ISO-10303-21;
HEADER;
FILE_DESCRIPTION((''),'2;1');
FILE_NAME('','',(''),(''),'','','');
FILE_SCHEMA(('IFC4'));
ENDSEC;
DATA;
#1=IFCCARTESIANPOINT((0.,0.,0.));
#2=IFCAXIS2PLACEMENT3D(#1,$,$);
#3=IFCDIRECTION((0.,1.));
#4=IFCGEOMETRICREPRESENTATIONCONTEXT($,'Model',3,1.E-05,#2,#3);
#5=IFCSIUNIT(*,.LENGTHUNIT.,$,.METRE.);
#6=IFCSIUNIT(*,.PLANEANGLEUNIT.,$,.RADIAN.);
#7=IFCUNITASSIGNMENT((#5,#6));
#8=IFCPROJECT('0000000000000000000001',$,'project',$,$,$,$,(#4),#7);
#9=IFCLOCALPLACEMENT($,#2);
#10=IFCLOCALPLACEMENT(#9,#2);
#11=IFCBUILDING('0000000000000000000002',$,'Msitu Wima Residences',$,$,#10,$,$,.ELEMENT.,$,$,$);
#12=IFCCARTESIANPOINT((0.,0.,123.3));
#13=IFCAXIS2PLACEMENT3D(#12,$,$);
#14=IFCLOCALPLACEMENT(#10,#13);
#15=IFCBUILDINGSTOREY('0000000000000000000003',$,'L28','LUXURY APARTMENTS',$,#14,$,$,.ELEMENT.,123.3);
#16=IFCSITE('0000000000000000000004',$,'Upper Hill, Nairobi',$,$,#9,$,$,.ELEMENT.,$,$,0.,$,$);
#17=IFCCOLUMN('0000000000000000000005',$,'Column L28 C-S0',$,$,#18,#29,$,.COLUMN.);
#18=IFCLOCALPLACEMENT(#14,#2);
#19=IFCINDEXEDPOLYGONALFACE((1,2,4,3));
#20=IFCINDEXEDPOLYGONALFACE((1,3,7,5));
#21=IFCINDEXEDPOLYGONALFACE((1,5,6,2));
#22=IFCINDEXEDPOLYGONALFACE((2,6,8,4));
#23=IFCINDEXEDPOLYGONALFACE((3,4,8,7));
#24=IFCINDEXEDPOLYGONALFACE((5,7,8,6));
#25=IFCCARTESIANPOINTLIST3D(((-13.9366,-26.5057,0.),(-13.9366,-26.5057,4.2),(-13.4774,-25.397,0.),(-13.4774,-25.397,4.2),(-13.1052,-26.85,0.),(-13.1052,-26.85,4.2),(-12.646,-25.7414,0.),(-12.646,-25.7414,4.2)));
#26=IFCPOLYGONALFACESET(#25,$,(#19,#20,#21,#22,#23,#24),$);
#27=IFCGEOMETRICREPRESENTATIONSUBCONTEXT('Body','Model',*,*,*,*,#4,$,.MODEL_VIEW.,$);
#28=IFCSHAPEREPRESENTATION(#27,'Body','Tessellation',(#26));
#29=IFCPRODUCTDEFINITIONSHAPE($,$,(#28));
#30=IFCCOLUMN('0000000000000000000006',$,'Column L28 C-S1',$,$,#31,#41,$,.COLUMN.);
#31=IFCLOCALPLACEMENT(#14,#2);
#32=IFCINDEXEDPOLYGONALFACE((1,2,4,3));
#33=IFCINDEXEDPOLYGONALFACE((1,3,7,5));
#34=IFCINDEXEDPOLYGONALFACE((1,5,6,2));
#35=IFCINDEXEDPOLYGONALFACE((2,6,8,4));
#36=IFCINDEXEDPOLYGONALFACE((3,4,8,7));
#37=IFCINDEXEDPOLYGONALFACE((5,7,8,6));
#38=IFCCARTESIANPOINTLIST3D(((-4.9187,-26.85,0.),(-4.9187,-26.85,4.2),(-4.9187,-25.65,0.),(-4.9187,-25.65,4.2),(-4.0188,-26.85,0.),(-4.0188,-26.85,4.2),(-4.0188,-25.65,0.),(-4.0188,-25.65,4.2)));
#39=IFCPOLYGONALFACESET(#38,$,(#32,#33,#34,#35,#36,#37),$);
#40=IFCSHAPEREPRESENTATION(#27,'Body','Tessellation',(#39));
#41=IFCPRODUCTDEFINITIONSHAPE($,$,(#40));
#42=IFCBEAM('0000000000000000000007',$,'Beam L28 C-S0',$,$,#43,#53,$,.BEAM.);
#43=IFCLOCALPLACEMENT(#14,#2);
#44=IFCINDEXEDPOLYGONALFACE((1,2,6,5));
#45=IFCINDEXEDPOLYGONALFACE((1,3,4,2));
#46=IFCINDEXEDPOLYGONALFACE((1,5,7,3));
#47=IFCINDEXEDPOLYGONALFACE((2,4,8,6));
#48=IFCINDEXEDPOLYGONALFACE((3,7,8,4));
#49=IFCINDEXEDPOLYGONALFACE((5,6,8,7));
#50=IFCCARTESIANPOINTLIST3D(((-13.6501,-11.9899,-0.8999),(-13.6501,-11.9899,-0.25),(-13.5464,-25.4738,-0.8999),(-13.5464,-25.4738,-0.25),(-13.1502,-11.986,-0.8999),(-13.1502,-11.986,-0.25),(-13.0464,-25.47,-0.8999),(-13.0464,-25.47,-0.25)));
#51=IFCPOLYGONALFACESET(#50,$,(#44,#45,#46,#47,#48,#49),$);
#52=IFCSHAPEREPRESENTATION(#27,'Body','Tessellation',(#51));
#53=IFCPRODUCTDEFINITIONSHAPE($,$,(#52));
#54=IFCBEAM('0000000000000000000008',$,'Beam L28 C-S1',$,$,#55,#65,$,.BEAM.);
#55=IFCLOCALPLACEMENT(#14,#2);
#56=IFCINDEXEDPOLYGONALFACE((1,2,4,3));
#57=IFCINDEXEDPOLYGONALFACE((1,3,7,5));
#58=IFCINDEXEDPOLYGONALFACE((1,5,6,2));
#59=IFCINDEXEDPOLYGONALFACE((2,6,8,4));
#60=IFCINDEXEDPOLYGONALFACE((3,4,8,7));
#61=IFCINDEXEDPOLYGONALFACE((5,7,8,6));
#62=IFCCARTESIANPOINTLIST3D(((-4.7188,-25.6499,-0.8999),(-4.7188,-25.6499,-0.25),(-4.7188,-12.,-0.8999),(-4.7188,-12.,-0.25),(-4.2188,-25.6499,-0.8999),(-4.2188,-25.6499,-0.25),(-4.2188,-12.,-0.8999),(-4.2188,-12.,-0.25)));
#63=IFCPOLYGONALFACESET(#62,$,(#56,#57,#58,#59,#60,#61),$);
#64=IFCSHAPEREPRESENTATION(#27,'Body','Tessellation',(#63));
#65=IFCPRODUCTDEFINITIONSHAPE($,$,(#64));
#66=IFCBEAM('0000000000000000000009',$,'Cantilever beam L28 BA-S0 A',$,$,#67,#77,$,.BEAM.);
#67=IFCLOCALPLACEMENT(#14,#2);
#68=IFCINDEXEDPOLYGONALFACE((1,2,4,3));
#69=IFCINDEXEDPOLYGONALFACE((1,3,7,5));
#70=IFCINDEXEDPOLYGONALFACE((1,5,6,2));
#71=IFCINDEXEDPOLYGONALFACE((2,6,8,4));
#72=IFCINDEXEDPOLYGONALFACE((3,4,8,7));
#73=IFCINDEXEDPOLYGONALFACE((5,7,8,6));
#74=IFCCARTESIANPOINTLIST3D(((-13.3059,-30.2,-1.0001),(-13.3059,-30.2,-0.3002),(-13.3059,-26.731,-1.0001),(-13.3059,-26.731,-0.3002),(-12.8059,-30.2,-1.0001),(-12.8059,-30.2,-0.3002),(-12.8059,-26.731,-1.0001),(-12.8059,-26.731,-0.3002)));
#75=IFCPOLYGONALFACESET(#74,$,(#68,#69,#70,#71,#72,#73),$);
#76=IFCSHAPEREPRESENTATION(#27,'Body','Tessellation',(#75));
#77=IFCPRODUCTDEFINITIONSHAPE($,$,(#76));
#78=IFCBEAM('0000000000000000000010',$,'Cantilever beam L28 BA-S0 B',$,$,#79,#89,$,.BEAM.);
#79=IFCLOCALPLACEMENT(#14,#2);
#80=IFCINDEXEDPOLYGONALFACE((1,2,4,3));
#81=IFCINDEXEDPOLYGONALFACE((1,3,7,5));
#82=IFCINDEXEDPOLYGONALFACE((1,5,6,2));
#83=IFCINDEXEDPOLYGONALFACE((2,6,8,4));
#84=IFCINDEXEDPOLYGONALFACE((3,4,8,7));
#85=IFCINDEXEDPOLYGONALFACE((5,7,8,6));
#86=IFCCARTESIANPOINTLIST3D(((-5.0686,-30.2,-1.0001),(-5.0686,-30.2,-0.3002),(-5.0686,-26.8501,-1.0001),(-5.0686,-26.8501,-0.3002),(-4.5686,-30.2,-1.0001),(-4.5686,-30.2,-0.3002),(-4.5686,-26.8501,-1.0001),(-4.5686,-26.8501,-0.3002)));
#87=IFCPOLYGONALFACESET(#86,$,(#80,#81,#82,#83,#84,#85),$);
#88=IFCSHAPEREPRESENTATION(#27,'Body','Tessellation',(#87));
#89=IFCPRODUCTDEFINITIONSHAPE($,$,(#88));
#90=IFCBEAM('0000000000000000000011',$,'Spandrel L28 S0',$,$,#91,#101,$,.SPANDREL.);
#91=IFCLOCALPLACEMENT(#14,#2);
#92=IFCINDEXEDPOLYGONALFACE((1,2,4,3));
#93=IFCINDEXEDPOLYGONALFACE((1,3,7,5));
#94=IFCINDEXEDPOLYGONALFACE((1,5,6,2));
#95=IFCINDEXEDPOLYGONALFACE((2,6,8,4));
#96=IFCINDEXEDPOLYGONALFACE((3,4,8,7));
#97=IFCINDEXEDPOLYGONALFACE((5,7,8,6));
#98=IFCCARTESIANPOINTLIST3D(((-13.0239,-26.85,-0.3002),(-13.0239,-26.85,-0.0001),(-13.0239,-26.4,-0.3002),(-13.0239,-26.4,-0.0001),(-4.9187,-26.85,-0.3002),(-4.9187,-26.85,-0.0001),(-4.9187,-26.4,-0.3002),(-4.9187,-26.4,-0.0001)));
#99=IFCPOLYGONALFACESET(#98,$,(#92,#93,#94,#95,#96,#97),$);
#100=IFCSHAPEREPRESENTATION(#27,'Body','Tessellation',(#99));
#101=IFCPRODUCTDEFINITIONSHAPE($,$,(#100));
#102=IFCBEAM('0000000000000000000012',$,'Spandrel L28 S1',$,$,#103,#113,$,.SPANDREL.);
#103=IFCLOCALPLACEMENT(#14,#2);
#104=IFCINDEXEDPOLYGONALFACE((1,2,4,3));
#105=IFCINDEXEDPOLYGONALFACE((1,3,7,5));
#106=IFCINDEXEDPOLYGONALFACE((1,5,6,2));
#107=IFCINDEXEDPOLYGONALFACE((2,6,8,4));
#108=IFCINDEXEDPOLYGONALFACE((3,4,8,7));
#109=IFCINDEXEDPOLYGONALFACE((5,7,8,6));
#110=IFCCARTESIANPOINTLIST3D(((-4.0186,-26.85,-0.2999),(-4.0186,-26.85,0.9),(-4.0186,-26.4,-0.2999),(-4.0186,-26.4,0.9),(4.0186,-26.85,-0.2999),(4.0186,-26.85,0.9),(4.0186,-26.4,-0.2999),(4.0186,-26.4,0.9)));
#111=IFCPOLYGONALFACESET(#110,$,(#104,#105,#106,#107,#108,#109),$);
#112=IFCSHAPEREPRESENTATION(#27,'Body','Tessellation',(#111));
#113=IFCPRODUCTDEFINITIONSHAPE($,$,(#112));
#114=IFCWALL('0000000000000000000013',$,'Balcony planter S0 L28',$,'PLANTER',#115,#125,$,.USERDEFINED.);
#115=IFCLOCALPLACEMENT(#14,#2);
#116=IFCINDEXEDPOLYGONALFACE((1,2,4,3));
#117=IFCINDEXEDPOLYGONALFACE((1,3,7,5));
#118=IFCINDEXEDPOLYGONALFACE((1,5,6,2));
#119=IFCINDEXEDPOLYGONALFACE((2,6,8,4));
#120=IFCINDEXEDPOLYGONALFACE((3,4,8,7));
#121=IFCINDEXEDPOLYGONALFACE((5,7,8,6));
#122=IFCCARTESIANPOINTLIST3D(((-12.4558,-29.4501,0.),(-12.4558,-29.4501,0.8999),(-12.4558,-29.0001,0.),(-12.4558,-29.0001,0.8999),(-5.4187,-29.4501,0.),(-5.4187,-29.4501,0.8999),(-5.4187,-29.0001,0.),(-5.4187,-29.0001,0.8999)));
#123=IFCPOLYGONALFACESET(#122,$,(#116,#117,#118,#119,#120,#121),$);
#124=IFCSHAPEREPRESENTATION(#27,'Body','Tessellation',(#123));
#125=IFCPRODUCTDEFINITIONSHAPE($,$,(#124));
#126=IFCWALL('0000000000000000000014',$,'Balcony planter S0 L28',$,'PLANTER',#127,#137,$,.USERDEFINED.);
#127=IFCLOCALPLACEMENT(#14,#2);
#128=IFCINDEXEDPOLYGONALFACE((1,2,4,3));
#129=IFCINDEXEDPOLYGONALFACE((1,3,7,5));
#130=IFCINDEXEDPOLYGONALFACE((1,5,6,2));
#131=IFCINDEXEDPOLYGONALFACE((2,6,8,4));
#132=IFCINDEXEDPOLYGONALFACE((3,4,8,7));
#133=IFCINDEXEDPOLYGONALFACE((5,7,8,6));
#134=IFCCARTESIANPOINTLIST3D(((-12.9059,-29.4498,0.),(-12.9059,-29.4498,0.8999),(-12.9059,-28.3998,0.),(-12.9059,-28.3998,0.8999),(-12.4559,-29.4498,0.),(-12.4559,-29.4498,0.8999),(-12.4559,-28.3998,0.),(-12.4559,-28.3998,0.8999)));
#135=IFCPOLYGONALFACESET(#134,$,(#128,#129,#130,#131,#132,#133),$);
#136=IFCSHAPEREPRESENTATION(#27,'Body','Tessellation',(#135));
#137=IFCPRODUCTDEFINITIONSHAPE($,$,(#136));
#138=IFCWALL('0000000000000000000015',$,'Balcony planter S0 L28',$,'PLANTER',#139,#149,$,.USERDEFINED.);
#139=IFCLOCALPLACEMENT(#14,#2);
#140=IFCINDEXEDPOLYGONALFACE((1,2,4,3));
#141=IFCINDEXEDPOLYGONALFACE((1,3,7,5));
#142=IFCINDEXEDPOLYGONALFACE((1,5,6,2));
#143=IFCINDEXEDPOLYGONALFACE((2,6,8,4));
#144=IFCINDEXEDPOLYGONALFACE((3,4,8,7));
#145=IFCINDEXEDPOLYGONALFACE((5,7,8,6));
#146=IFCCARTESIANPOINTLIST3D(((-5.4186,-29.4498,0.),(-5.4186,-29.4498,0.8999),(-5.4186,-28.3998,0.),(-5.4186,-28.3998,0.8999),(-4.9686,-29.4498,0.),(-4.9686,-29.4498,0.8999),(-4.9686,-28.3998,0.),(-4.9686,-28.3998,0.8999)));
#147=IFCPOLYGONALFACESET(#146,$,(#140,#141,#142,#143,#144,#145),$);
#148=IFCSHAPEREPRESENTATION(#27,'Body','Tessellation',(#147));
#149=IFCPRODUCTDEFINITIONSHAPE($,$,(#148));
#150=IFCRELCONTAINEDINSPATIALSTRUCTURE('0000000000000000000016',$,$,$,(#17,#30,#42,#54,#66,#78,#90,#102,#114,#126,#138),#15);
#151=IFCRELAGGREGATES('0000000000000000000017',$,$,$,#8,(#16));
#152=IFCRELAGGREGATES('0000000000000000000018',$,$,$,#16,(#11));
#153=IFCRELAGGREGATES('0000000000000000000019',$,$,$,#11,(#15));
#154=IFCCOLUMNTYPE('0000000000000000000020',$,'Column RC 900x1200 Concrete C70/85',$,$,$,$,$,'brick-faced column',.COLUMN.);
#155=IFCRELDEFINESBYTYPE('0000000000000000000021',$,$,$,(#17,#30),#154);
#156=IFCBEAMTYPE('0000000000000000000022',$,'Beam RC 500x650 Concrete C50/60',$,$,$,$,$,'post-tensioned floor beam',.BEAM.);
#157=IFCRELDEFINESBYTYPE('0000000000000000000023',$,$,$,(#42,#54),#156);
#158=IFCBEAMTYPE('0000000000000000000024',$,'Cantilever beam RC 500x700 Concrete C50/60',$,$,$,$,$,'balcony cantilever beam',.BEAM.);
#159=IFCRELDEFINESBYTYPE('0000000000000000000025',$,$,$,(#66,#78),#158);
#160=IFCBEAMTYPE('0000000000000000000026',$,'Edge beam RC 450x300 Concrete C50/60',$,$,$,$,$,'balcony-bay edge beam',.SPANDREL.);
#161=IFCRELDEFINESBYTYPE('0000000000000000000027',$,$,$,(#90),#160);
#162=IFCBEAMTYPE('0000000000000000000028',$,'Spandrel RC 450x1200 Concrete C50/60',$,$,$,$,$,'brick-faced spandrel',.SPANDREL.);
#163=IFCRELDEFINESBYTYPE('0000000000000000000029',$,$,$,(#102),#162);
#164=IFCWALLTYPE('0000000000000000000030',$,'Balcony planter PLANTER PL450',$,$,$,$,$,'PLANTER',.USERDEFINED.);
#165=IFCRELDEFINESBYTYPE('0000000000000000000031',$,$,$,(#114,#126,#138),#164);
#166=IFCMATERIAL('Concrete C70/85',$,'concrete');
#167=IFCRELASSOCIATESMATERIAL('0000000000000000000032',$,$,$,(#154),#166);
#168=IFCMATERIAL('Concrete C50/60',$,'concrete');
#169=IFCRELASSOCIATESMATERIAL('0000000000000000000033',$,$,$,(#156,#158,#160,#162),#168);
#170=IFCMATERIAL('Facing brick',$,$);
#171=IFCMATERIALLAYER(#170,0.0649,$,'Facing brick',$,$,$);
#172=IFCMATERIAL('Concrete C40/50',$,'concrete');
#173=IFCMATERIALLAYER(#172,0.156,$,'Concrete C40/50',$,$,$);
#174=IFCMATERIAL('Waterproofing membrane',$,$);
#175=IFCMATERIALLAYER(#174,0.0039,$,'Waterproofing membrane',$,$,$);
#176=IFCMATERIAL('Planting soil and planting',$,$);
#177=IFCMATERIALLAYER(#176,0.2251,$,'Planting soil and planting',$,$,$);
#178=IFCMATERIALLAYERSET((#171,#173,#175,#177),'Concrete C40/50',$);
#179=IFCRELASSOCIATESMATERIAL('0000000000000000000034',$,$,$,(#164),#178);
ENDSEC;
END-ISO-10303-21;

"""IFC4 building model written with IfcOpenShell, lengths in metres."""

from ifc_helpers import new_model, si_unit, direction, frame, frame_2d, origin, origin_2d, place, context, subcontext, project, spatial, rectangle, extrude, material, layer, layer_set, material_profile, profile_set, type_object, element, save


model = new_model("IFC4")

# Units and contexts
model_context = context("Model", 3, precision=1e-05, world=origin(), true_north=direction((0.0, 1.0)))
body_context = subcontext(model_context, "Body", "Model", "MODEL_VIEW")
ifc_project = project(units=[si_unit("LENGTHUNIT", "METRE"), si_unit("PLANEANGLEUNIT", "RADIAN")], contexts=[model_context])

# Site, building, storey
site_placement = place(None, origin())
site = spatial("IfcSite", under=ifc_project, at=site_placement, Name="Upper Hill, Nairobi", CompositionType="ELEMENT", RefElevation=0.0)
building_placement = place(site_placement, origin())
building = spatial("IfcBuilding", under=site, at=building_placement, Name="Msitu Wima Residences", CompositionType="ELEMENT")
storey_placement = place(building_placement, frame((0.0, 0.0, 123.3)))
storey = spatial("IfcBuildingStorey", under=building, at=storey_placement, Name="L28", Description="LUXURY APARTMENTS", CompositionType="ELEMENT", Elevation=123.3)

# Columns
ifc_material_1 = material(Name="Concrete C70/85", Category="concrete")
ifc_material_profile_1 = material_profile(ifc_material_1, rectangle(XDim=0.8999, YDim=1.2, at=origin_2d()), Name="RC 900x1200")
ifc_profile_set_1 = profile_set([ifc_material_profile_1], Name="Concrete C70/85")
column_type = type_object("IfcColumnType", Name="Column RC 900x1200 Concrete C70/85", ElementType="brick-faced column", PredefinedType="COLUMN", material=ifc_profile_set_1)
for number, where, z_axis, x_axis, name in (
    (1, (-13.2913, -26.1235, 0.0), (0.0, 0.0, 1.0), (0.92388, -0.382683, 0.0), "Column L28 C-S0"),
    (2, (-4.4688, -26.25, 0.0), (0.0, 0.0, 1.0), (1.0, 0.0, 0.0), "Column L28 C-S1"),
):
    element("IfcColumn", number, at=place(storey_placement, frame(where, z_axis=z_axis, x_axis=x_axis)), inside=storey, type_object=column_type, Name=name, PredefinedType="COLUMN", context=body_context, shape_type="SweptSolid", body=[
        extrude(rectangle(XDim=0.8999, YDim=1.2, at=origin_2d()), origin(), (0.0, 0.0, 1.0), 4.2),
    ])

# Beams
ifc_material_2 = material(Name="Concrete C50/60", Category="concrete")
ifc_material_profile_2 = material_profile(ifc_material_2, rectangle(XDim=0.5, YDim=0.6499, at=origin_2d()), Name="RC 500x650")
ifc_profile_set_2 = profile_set([ifc_material_profile_2], Name="Concrete C50/60")
beam_type_1 = type_object("IfcBeamType", Name="Beam RC 500x650 Concrete C50/60", ElementType="post-tensioned floor beam", PredefinedType="BEAM", material=ifc_profile_set_2)
beam_1_placement = place(storey_placement, frame((-13.2964, -25.4719, -0.575), z_axis=(-0.007695, 0.99997, 0.0), x_axis=(-0.99997, -0.007695, 0.0)))
element("IfcBeam", 3, at=beam_1_placement, inside=storey, type_object=beam_type_1, Name="Beam L28 C-S0", PredefinedType="BEAM", context=body_context, shape_type="SweptSolid", body=[
    extrude(rectangle(XDim=0.5, YDim=0.6499, at=origin_2d()), origin(), (0.0, 0.0, 1.0), 13.4844),
])
beam_2_placement = place(storey_placement, frame((-4.4688, -25.6499, -0.575), z_axis=(0.0, 1.0, 0.0), x_axis=(-1.0, 0.0, 0.0)))
element("IfcBeam", 4, at=beam_2_placement, inside=storey, type_object=beam_type_1, Name="Beam L28 C-S1", PredefinedType="BEAM", context=body_context, shape_type="SweptSolid", body=[
    extrude(rectangle(XDim=0.5, YDim=0.6499, at=origin_2d()), origin(), (0.0, 0.0, 1.0), 13.6499),
])
ifc_material_profile_3 = material_profile(ifc_material_2, rectangle(XDim=0.5, YDim=0.7, at=origin_2d()), Name="RC 500x700")
ifc_profile_set_3 = profile_set([ifc_material_profile_3], Name="Concrete C50/60")
beam_type_2 = type_object("IfcBeamType", Name="Cantilever beam RC 500x700 Concrete C50/60", ElementType="balcony cantilever beam", PredefinedType="BEAM", material=ifc_profile_set_3)
beam_3_placement = place(storey_placement, frame((-13.0559, -26.731, -0.6501), z_axis=(0.0, -1.0, 0.0), x_axis=(1.0, 0.0, 0.0)))
element("IfcBeam", 5, at=beam_3_placement, inside=storey, type_object=beam_type_2, Name="Cantilever beam L28 BA-S0 A", PredefinedType="BEAM", context=body_context, shape_type="SweptSolid", body=[
    extrude(rectangle(XDim=0.5, YDim=0.7, at=origin_2d()), origin(), (0.0, 0.0, 1.0), 3.469),
])
beam_4_placement = place(storey_placement, frame((-4.8186, -26.8501, -0.6501), z_axis=(0.0, -1.0, 0.0), x_axis=(1.0, 0.0, 0.0)))
element("IfcBeam", 6, at=beam_4_placement, inside=storey, type_object=beam_type_2, Name="Cantilever beam L28 BA-S0 B", PredefinedType="BEAM", context=body_context, shape_type="SweptSolid", body=[
    extrude(rectangle(XDim=0.5, YDim=0.7, at=origin_2d()), origin(), (0.0, 0.0, 1.0), 3.3499),
])
ifc_material_profile_4 = material_profile(ifc_material_2, rectangle(XDim=0.45, YDim=0.3, at=origin_2d()), Name="RC 450x300")
ifc_profile_set_4 = profile_set([ifc_material_profile_4], Name="Concrete C50/60")
beam_type_3 = type_object("IfcBeamType", Name="Edge beam RC 450x300 Concrete C50/60", ElementType="balcony-bay edge beam", PredefinedType="SPANDREL", material=ifc_profile_set_4)
beam_5_placement = place(storey_placement, frame((-13.0239, -26.625, -0.1501), z_axis=(1.0, 0.0, 0.0), x_axis=(0.0, 1.0, 0.0)))
element("IfcBeam", 7, at=beam_5_placement, inside=storey, type_object=beam_type_3, Name="Spandrel L28 S0", PredefinedType="SPANDREL", context=body_context, shape_type="SweptSolid", body=[
    extrude(rectangle(XDim=0.45, YDim=0.3, at=origin_2d()), origin(), (0.0, 0.0, 1.0), 8.1052),
])
ifc_material_profile_5 = material_profile(ifc_material_2, rectangle(XDim=0.45, YDim=1.2, at=origin_2d()), Name="RC 450x1200")
ifc_profile_set_5 = profile_set([ifc_material_profile_5], Name="Concrete C50/60")
beam_type_4 = type_object("IfcBeamType", Name="Spandrel RC 450x1200 Concrete C50/60", ElementType="brick-faced spandrel", PredefinedType="SPANDREL", material=ifc_profile_set_5)
beam_6_placement = place(storey_placement, frame((-4.0186, -26.625, 0.3), z_axis=(1.0, 0.0, 0.0), x_axis=(0.0, 1.0, 0.0)))
element("IfcBeam", 8, at=beam_6_placement, inside=storey, type_object=beam_type_4, Name="Spandrel L28 S1", PredefinedType="SPANDREL", context=body_context, shape_type="SweptSolid", body=[
    extrude(rectangle(XDim=0.45, YDim=1.2, at=origin_2d()), origin(), (0.0, 0.0, 1.0), 8.0371),
])

# Walls
ifc_material_3 = material(Name="Facing brick")
ifc_layer_1 = layer(ifc_material_3, 0.0649, Name="Facing brick")
ifc_material_4 = material(Name="Concrete C40/50", Category="concrete")
ifc_layer_2 = layer(ifc_material_4, 0.156, Name="Concrete C40/50")
ifc_material_5 = material(Name="Waterproofing membrane")
ifc_layer_3 = layer(ifc_material_5, 0.0039, Name="Waterproofing membrane")
ifc_material_6 = material(Name="Planting soil and planting")
ifc_layer_4 = layer(ifc_material_6, 0.2251, Name="Planting soil and planting")
ifc_layer_set_1 = layer_set([ifc_layer_1, ifc_layer_2, ifc_layer_3, ifc_layer_4], Name="Concrete C40/50")
wall_type_1 = type_object("IfcWallType", Name="Balcony planter PLANTER PL450", ElementType="PLANTER", PredefinedType="USERDEFINED", material=ifc_layer_set_1)
wall_1_placement = place(storey_placement, frame((-12.4558, -29.2251, 0.0), z_axis=(0.0, 0.0, 1.0), x_axis=(1.0, 0.0, 0.0)))
element("IfcWall", 9, at=wall_1_placement, inside=storey, type_object=wall_type_1, Name="Balcony planter S0 L28", ObjectType="PLANTER", PredefinedType="USERDEFINED", context=body_context, shape_type="SweptSolid", body=[
    extrude(rectangle(XDim=7.0371, YDim=0.45, at=frame_2d((3.5186, 0.0))), origin(), (0.0, 0.0, 1.0), 0.8999),
])
for number, where, z_axis, x_axis, name in (
    (10, (-12.6809, -28.3999, 0.0), (0.0, 0.0, 1.0), (0.0, -1.0, 0.0), "Balcony planter S0 L28"),
    (11, (-5.1936, -28.3999, 0.0), (0.0, 0.0, 1.0), (0.0, -1.0, 0.0), "Balcony planter S0 L28"),
):
    element("IfcWall", number, at=place(storey_placement, frame(where, z_axis=z_axis, x_axis=x_axis)), inside=storey, type_object=wall_type_1, Name=name, ObjectType="PLANTER", PredefinedType="USERDEFINED", context=body_context, shape_type="SweptSolid", body=[
        extrude(rectangle(XDim=1.05, YDim=0.45, at=frame_2d((0.5249, 0.0))), origin(), (0.0, 0.0, 1.0), 0.8999),
    ])

save(model, "model.ifc")
